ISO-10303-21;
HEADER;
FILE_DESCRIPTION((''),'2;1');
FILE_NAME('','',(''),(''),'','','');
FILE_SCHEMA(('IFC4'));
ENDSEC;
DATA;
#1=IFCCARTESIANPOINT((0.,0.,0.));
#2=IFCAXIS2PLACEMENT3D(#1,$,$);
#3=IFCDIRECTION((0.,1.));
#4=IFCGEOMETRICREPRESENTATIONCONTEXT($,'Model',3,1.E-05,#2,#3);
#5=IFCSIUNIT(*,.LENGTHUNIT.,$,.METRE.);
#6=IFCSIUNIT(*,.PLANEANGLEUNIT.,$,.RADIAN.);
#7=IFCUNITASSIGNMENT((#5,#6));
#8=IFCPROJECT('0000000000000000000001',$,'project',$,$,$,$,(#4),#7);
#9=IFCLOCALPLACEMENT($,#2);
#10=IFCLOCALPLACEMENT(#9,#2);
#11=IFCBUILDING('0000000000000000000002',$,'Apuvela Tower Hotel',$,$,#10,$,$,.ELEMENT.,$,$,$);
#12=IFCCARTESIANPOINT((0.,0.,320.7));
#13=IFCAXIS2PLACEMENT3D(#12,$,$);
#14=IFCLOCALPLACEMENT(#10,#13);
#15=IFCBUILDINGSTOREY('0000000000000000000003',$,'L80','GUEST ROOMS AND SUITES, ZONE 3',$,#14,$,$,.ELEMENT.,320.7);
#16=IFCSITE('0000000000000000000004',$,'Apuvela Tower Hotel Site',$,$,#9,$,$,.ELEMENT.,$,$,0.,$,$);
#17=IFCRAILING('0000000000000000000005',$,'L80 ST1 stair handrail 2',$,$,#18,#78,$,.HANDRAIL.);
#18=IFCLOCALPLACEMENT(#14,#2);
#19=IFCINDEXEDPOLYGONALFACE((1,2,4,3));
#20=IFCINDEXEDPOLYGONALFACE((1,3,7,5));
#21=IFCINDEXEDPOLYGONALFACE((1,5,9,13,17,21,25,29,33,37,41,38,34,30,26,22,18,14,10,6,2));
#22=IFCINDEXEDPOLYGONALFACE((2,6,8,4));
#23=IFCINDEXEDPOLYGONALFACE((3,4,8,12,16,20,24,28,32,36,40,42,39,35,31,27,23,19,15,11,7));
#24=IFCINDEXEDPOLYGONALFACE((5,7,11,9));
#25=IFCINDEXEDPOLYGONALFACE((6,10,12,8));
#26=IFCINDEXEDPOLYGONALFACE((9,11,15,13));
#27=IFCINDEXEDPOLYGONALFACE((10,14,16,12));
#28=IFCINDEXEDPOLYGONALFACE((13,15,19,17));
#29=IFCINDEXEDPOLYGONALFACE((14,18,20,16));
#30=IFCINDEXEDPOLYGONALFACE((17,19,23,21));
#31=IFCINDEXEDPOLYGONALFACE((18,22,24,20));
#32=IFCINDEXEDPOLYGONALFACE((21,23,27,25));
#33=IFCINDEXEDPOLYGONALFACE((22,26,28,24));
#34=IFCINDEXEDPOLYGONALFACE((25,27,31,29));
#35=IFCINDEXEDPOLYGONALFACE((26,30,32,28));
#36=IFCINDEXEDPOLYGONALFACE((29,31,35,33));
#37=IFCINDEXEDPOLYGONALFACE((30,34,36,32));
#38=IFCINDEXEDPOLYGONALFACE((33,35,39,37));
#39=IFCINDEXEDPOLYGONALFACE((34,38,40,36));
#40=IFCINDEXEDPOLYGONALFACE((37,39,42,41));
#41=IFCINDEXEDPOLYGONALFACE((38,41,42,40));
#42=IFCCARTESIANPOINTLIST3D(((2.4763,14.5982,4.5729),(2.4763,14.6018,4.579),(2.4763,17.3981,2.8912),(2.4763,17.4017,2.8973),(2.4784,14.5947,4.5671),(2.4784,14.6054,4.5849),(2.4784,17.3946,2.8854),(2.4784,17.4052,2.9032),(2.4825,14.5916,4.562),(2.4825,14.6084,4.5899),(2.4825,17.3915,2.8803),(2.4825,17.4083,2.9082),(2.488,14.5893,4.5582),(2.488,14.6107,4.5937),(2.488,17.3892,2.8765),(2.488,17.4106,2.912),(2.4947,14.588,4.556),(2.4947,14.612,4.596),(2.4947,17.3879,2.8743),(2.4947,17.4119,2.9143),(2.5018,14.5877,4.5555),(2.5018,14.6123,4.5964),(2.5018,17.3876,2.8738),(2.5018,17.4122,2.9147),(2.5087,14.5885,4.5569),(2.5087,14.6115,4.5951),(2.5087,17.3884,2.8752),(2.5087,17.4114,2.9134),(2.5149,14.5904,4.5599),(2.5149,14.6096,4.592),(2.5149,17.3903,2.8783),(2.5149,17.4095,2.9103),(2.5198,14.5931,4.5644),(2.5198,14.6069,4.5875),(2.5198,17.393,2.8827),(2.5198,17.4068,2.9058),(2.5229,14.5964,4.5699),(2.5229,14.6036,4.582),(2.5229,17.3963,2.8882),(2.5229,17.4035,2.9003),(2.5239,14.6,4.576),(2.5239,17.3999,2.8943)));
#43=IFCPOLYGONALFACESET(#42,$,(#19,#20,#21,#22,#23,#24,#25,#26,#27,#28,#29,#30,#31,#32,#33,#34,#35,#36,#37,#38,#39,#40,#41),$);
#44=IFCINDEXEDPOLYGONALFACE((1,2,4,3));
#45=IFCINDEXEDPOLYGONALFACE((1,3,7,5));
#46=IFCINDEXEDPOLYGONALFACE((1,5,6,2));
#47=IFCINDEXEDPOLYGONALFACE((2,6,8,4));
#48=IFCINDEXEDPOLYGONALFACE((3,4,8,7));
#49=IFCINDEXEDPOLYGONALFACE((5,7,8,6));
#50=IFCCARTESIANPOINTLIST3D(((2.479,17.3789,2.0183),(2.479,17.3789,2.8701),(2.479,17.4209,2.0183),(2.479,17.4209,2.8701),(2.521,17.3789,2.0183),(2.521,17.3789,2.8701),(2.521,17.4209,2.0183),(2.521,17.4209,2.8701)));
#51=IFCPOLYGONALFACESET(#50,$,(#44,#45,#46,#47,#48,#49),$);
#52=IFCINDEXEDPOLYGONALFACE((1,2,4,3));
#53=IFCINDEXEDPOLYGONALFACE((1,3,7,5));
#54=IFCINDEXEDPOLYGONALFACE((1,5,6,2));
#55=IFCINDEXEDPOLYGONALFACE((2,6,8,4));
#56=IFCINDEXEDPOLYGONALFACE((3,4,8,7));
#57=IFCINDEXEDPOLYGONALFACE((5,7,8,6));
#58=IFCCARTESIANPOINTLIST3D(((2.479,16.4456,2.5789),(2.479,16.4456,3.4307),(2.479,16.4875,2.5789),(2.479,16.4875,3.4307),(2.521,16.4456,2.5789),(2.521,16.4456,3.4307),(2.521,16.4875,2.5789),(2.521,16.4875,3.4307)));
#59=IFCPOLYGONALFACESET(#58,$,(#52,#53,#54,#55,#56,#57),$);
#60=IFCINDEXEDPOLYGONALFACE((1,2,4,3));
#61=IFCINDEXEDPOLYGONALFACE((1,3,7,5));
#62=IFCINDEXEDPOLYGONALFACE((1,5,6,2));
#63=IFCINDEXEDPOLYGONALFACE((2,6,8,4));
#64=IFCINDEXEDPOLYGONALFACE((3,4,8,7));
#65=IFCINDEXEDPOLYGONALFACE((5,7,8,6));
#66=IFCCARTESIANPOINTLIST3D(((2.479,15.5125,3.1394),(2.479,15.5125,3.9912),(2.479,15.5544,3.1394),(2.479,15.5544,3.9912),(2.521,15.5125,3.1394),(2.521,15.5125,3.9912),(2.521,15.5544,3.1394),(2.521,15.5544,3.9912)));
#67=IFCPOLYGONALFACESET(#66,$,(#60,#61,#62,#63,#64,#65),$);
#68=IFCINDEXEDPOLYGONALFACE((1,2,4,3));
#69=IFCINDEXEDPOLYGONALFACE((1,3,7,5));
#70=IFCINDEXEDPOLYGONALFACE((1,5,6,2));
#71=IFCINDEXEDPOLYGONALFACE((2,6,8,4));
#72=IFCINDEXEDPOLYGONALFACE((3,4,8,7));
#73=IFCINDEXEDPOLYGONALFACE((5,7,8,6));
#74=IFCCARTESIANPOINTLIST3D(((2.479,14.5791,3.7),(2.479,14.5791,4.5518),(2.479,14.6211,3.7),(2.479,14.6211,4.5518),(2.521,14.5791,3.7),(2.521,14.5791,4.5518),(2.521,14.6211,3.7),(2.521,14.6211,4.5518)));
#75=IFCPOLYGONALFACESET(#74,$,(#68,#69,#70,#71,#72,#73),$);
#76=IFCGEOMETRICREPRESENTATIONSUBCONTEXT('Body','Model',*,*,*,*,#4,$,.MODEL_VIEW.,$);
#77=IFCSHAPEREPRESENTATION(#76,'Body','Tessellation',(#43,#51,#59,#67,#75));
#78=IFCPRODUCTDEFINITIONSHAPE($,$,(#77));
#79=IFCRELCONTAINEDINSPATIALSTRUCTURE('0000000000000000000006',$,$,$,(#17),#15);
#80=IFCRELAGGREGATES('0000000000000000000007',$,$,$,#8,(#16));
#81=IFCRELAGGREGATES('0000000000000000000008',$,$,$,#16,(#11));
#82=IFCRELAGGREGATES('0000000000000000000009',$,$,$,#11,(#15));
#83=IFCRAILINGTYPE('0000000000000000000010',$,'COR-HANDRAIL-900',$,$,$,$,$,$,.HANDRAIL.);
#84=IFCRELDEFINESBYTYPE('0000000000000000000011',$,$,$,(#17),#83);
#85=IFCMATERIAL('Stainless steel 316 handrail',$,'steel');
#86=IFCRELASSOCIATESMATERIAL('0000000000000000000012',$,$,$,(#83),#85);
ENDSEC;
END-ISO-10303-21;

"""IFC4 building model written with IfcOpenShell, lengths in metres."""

from ifc_helpers import new_model, si_unit, direction, frame, origin, origin_2d, place, context, subcontext, project, spatial, rectangle, circle, extrude, material, type_object, element, save


model = new_model("IFC4")

# Units and contexts
model_context = context("Model", 3, precision=1e-05, world=origin(), true_north=direction((0.0, 1.0)))
body_context = subcontext(model_context, "Body", "Model", "MODEL_VIEW")
ifc_project = project(units=[si_unit("LENGTHUNIT", "METRE"), si_unit("PLANEANGLEUNIT", "RADIAN")], contexts=[model_context])

# Site, building, storey
site_placement = place(None, origin())
site = spatial("IfcSite", under=ifc_project, at=site_placement, Name="Apuvela Tower Hotel Site", CompositionType="ELEMENT", RefElevation=0.0)
building_placement = place(site_placement, origin())
building = spatial("IfcBuilding", under=site, at=building_placement, Name="Apuvela Tower Hotel", CompositionType="ELEMENT")
storey_placement = place(building_placement, frame((0.0, 0.0, 320.7)))
storey = spatial("IfcBuildingStorey", under=building, at=storey_placement, Name="L80", Description="GUEST ROOMS AND SUITES, ZONE 3", CompositionType="ELEMENT", Elevation=320.7)

# Railing
ifc_material_1 = material(Name="Stainless steel 316 handrail", Category="steel")
railing_type_1 = type_object("IfcRailingType", Name="COR-HANDRAIL-900", PredefinedType="HANDRAIL", material=ifc_material_1)
railing_1_placement = place(storey_placement, frame((2.5, 17.3999, 2.0183)))
element("IfcRailing", 1, at=railing_1_placement, inside=storey, type_object=railing_type_1, Name="L80 ST1 stair handrail 2", PredefinedType="HANDRAIL", context=body_context, shape_type="SweptSolid", body=[
    extrude(circle(Radius=0.0239, at=origin_2d()), frame((0.0, 0.0, 0.876), z_axis=(0.0, -0.857255, 0.514891), x_axis=(1.0, 0.0, 0.0)), (0.0, 0.0, 1.0), 3.2661),
    extrude(rectangle(XDim=0.042, YDim=0.042, at=origin_2d()), origin(), (0.0, 0.0, 1.0), 0.8518),
    extrude(rectangle(XDim=0.042, YDim=0.042, at=origin_2d()), frame((0.0, -0.9333, 0.5605)), (0.0, 0.0, 1.0), 0.8518),
    extrude(rectangle(XDim=0.042, YDim=0.042, at=origin_2d()), frame((0.0, -1.8665, 1.1211)), (0.0, 0.0, 1.0), 0.8518),
    extrude(rectangle(XDim=0.042, YDim=0.042, at=origin_2d()), frame((0.0, -2.7998, 1.6816)), (0.0, 0.0, 1.0), 0.8518),
])

save(model, "model.ifc")
